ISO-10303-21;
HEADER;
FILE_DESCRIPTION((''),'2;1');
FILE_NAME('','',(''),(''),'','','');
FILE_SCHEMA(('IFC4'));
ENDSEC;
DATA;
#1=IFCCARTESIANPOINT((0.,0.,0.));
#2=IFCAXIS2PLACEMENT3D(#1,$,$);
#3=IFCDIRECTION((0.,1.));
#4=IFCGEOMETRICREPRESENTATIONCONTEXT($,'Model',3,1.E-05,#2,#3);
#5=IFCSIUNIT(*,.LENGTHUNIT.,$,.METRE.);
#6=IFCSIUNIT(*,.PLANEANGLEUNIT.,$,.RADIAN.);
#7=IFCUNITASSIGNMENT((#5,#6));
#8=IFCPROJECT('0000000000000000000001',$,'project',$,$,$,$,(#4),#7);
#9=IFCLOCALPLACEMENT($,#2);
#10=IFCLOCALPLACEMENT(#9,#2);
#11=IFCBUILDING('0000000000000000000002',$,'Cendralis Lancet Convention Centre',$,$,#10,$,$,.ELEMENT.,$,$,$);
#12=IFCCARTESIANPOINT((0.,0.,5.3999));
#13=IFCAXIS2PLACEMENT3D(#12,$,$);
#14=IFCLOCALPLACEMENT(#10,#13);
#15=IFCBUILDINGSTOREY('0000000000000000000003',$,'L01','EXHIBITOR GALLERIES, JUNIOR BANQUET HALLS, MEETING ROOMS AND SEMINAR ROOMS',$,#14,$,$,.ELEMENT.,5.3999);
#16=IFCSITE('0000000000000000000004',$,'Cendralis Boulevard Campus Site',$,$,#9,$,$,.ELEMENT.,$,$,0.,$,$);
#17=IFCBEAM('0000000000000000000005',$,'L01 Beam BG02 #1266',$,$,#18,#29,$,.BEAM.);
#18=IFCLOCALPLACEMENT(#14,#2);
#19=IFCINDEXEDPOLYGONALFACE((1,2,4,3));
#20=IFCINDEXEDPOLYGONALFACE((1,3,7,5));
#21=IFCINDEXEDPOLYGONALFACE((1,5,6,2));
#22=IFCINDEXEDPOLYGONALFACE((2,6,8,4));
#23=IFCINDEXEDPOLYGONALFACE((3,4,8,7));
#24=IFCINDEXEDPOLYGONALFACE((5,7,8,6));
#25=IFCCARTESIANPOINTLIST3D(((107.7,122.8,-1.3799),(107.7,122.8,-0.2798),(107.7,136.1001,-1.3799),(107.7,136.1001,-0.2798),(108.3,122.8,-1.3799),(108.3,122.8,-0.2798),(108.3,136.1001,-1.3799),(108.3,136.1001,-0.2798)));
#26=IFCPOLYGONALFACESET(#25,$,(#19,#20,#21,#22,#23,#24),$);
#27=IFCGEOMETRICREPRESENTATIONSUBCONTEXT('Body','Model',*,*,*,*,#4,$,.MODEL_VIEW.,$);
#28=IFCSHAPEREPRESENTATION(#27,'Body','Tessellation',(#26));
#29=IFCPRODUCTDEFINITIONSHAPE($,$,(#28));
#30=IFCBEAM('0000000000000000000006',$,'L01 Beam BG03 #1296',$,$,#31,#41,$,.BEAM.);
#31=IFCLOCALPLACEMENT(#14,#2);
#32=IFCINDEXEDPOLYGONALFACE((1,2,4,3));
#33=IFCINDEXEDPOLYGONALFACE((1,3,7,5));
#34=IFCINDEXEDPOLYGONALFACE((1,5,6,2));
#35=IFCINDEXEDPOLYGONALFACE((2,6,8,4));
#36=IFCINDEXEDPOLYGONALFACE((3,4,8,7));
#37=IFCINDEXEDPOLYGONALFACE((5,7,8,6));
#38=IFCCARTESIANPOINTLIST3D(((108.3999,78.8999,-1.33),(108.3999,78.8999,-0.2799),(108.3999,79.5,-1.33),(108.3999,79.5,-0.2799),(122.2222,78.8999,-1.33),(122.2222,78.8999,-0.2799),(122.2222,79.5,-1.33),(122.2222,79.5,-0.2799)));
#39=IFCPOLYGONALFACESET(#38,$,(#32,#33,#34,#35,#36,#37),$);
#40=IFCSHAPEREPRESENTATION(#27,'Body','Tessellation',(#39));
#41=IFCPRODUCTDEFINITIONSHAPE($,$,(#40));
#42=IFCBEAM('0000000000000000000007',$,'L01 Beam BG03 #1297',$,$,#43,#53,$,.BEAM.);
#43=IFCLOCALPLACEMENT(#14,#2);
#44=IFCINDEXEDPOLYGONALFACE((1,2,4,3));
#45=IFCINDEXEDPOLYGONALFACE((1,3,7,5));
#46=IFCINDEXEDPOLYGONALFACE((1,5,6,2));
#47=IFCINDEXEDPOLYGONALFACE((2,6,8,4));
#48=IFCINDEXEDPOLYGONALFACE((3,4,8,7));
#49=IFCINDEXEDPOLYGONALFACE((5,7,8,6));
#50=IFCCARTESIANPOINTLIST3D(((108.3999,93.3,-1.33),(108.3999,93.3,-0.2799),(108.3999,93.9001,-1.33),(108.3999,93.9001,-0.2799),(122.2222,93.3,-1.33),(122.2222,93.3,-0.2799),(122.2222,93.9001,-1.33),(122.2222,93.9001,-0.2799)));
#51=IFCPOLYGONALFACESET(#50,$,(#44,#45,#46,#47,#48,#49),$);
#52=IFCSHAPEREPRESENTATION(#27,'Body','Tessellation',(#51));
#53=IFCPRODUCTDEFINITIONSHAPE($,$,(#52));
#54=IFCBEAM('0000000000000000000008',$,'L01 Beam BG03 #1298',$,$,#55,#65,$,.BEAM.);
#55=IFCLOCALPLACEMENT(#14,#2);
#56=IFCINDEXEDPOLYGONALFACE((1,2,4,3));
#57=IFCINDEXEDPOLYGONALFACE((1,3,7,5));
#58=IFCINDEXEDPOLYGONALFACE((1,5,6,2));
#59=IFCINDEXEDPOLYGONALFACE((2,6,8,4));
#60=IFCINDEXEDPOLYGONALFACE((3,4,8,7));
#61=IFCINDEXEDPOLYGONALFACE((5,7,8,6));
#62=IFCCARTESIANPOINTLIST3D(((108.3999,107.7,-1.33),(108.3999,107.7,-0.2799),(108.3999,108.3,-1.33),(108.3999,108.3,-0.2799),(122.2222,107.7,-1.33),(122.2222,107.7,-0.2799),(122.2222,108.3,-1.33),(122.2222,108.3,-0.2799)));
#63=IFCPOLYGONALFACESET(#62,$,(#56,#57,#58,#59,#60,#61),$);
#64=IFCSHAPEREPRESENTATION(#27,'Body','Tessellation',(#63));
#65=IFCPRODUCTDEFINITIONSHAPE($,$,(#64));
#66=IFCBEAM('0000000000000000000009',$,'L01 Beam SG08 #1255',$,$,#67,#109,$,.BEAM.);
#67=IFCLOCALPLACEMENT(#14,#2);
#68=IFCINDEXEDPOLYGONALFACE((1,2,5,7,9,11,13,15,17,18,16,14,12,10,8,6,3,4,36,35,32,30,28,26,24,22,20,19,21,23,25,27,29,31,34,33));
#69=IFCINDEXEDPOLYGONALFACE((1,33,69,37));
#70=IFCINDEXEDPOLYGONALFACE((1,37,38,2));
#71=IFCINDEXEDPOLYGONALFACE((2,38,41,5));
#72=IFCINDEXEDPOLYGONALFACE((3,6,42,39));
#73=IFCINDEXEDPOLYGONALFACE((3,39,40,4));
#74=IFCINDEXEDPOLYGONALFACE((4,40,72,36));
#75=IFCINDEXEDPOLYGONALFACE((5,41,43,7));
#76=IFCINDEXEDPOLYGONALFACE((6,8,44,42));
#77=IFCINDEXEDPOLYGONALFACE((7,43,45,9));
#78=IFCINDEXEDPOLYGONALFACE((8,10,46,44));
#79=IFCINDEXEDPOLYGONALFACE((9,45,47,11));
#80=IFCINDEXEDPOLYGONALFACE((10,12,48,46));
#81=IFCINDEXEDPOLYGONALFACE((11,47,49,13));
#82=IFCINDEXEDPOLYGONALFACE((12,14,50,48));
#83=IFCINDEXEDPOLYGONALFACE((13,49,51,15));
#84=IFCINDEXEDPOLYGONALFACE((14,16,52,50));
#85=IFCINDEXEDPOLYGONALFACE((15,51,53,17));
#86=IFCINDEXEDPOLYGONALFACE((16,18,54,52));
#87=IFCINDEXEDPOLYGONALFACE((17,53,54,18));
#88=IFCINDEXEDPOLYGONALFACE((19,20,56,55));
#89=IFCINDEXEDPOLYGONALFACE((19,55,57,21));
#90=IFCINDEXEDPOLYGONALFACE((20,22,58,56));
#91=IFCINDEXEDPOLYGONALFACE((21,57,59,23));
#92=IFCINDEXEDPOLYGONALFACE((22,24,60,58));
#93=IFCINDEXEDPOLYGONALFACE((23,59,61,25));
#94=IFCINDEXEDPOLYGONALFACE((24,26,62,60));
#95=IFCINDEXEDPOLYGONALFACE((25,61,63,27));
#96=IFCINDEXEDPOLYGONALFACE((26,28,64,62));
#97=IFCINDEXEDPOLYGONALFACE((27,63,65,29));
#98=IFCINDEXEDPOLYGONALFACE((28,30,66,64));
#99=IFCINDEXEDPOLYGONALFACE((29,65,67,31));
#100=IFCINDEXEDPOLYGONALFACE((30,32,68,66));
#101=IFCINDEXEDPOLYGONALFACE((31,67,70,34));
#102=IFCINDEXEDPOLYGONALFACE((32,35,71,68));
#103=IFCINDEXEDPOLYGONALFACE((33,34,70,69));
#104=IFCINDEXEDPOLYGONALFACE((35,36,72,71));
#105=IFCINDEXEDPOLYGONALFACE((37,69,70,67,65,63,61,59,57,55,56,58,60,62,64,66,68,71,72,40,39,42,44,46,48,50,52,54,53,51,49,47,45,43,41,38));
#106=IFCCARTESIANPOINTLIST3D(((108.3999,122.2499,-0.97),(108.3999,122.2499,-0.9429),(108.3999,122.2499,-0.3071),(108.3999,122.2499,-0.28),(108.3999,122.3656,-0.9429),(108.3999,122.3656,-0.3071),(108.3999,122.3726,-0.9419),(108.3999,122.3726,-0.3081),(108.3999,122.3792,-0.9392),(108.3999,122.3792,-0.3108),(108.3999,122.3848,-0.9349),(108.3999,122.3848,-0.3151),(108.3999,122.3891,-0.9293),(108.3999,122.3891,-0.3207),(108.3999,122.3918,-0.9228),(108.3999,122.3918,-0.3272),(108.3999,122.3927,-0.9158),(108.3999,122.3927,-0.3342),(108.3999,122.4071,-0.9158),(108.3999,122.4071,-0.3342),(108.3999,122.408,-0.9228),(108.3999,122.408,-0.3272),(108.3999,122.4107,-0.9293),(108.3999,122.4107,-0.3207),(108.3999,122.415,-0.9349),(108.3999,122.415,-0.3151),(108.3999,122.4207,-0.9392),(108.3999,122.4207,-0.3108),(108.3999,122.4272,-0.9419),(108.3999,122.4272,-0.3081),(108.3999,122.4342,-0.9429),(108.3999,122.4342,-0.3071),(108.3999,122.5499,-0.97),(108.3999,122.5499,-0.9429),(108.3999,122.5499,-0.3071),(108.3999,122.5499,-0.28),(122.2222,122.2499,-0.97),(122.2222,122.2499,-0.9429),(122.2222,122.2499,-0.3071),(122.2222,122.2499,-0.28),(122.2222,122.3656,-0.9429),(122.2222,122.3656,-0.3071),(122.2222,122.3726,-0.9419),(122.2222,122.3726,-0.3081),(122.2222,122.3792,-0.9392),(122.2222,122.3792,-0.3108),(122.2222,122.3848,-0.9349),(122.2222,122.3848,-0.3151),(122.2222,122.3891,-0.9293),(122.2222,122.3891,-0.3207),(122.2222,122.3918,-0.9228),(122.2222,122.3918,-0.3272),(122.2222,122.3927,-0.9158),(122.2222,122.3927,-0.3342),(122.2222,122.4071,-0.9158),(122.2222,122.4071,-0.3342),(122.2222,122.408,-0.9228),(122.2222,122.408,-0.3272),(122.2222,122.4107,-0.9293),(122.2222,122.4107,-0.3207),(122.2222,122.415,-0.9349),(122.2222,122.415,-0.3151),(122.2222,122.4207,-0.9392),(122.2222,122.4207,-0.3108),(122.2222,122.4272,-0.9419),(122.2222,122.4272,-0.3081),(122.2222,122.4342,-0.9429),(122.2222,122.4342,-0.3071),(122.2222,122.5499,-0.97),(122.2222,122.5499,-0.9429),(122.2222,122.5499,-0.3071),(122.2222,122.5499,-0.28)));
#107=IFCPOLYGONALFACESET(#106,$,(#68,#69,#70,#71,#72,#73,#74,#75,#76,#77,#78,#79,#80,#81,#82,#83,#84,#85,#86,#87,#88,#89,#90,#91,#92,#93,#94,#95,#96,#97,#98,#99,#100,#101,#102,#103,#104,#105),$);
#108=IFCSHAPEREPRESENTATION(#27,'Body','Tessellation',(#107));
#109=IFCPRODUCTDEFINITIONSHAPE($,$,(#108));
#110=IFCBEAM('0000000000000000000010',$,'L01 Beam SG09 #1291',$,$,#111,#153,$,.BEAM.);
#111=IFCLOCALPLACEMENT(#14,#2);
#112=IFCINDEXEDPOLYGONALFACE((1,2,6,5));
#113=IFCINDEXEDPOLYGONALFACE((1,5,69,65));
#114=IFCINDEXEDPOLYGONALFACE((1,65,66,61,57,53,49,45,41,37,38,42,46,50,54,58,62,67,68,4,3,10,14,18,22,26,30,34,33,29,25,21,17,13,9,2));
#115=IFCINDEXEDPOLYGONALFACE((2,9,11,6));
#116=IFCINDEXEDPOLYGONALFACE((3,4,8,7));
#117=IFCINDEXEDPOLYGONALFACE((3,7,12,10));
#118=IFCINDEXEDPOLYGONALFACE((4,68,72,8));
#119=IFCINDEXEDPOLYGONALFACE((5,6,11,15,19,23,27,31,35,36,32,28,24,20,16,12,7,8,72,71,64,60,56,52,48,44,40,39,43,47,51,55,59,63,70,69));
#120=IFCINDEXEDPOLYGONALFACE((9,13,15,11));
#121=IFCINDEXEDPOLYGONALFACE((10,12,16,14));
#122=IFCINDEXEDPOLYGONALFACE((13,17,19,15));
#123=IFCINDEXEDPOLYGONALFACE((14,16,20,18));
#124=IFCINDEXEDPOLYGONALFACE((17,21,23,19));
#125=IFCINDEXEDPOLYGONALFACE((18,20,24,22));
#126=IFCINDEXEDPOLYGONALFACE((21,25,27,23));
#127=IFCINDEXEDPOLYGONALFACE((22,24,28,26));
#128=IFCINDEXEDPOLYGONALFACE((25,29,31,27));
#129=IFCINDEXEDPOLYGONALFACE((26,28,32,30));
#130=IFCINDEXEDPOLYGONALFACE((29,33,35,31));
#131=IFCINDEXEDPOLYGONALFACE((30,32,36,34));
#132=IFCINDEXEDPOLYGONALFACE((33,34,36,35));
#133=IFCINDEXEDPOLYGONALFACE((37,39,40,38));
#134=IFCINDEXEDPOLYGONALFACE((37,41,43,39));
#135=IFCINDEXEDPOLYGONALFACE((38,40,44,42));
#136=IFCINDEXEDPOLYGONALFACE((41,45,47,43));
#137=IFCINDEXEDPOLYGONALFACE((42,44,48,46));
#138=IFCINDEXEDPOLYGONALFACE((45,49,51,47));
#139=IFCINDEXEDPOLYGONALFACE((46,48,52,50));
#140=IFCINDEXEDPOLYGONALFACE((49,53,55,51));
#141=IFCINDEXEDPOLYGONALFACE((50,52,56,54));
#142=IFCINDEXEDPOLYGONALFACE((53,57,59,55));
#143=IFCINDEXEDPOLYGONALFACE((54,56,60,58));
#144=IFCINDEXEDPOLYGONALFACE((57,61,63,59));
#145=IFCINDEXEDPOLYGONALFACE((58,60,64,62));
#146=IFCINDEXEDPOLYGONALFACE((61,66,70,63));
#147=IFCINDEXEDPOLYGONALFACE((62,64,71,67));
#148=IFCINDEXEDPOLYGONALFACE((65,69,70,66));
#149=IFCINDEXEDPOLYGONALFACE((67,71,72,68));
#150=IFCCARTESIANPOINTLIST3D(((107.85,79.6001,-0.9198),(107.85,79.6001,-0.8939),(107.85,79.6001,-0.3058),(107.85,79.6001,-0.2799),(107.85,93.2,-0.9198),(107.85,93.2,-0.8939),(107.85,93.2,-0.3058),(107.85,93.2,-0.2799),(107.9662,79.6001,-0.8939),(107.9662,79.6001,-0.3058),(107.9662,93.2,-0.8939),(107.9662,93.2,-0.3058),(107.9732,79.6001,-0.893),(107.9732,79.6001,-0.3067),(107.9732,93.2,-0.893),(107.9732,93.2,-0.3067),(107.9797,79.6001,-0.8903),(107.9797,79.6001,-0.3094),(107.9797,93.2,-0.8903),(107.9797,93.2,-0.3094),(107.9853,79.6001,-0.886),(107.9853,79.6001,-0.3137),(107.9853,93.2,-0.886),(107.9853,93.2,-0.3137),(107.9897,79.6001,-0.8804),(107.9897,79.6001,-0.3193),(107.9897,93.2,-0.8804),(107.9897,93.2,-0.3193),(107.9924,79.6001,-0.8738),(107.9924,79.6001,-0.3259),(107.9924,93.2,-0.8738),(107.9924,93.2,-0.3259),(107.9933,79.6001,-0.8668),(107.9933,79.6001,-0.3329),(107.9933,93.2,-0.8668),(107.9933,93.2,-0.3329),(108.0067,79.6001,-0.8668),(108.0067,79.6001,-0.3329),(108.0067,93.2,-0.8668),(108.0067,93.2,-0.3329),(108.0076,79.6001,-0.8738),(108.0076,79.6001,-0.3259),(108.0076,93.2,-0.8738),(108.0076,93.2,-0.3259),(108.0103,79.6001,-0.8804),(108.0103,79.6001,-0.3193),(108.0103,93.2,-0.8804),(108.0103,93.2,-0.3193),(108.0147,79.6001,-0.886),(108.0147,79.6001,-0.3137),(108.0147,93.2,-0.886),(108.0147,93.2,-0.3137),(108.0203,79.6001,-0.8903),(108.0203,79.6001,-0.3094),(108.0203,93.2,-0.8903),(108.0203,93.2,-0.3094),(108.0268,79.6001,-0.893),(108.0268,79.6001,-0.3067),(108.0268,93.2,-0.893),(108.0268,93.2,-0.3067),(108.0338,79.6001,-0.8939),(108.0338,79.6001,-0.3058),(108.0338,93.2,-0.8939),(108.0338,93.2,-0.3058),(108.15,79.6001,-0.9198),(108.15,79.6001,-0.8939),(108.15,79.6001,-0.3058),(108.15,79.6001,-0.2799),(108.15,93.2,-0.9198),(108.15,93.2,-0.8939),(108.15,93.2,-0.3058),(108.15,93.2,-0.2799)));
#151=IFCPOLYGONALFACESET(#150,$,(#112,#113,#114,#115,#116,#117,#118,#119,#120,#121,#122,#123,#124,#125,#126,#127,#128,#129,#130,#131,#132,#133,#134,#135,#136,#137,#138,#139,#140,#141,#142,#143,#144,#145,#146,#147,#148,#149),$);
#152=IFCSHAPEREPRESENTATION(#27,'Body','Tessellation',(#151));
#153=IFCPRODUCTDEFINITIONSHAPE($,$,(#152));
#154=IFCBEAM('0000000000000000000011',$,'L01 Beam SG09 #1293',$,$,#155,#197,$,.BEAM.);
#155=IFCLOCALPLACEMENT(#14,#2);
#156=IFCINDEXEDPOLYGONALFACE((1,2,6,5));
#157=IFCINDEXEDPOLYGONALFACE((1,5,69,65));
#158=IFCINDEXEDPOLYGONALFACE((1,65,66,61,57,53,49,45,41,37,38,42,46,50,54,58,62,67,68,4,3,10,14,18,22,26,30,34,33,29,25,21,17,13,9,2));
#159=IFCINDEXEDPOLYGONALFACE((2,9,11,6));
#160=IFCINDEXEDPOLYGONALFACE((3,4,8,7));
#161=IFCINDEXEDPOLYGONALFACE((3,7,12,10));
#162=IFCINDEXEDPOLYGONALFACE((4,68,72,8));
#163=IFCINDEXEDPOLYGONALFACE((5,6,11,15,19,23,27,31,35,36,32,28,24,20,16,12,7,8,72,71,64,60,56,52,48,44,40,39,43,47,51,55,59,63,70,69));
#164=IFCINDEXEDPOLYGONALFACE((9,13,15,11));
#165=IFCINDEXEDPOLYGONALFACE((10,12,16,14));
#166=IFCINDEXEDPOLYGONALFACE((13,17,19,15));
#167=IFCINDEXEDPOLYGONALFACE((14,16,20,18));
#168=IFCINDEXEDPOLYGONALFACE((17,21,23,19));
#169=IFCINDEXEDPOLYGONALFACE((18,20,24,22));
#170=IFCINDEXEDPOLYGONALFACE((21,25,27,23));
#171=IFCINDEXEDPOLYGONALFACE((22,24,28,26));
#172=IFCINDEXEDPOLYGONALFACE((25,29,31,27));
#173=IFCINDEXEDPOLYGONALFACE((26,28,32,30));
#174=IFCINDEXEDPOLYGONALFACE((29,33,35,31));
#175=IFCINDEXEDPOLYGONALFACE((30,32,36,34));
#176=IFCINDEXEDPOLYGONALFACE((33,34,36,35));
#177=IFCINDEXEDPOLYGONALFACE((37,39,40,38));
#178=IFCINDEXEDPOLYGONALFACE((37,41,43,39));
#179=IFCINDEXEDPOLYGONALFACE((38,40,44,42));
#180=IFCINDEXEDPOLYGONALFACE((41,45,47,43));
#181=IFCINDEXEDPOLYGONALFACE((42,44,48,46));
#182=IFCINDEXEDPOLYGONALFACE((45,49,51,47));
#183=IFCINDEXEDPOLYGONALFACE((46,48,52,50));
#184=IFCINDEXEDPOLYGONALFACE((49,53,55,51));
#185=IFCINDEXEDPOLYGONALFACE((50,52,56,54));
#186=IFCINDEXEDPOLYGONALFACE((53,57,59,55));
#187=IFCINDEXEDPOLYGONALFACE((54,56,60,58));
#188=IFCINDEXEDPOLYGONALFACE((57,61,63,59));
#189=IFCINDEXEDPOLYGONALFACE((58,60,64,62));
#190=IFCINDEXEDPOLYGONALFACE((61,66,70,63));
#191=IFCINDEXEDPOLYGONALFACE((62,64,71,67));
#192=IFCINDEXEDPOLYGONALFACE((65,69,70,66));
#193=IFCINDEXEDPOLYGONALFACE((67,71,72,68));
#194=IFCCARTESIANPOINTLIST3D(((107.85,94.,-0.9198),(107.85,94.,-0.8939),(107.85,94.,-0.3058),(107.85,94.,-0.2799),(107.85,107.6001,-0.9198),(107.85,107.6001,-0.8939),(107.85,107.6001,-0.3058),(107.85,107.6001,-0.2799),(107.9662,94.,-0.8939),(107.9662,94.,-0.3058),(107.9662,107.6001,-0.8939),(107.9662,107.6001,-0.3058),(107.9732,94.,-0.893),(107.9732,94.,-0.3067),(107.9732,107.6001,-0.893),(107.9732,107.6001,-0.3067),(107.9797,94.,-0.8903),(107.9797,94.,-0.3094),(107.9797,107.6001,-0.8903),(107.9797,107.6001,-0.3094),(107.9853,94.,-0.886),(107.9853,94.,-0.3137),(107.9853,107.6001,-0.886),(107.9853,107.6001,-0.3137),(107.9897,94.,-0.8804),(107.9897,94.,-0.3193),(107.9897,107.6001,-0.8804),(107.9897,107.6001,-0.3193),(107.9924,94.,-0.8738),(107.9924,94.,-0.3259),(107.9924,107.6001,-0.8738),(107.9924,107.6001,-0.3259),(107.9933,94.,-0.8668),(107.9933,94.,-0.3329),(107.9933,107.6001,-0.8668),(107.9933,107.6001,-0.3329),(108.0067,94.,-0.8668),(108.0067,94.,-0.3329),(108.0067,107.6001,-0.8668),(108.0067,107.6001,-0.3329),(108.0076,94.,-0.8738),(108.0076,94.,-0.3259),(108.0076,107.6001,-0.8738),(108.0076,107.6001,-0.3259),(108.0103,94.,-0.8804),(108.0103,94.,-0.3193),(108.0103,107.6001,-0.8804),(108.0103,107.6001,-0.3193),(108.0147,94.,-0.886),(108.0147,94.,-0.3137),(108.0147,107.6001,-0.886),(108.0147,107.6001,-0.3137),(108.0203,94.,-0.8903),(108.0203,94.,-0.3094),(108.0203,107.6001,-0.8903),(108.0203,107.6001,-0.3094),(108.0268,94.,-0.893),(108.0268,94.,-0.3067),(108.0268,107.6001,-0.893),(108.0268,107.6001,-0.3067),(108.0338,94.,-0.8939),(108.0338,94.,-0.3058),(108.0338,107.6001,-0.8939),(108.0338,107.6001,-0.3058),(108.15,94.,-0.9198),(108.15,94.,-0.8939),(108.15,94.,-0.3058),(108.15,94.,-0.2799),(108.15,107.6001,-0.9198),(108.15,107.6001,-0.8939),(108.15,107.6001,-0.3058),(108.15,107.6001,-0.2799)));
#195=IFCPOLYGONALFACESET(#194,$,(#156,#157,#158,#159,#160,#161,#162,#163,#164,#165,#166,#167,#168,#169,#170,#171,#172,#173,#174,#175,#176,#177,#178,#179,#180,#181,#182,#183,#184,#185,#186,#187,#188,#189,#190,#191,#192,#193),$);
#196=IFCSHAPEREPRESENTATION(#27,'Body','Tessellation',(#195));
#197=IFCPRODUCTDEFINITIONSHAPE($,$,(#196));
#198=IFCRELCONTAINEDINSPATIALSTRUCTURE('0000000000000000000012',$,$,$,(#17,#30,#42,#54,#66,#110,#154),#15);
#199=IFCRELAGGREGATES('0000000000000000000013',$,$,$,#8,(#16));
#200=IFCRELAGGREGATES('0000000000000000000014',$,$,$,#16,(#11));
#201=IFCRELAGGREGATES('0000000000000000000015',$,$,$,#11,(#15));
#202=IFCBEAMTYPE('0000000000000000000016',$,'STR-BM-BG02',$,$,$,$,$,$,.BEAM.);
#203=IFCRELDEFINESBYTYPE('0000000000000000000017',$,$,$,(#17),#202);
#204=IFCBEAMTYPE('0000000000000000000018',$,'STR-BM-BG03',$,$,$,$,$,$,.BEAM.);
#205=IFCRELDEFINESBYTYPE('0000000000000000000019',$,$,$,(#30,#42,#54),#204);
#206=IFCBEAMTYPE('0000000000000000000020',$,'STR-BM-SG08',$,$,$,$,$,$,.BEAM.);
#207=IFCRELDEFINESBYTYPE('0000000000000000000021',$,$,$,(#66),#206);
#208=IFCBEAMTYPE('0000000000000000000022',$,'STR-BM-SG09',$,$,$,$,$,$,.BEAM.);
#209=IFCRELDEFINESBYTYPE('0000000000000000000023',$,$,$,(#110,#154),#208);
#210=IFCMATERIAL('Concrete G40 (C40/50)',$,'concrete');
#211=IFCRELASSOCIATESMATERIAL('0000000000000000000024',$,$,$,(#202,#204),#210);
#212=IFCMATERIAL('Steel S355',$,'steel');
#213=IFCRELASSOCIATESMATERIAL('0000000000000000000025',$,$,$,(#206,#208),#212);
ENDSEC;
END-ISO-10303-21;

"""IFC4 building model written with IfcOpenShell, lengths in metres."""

from ifc_helpers import new_model, si_unit, direction, frame, origin, origin_2d, place, context, subcontext, project, spatial, rectangle, i_section, extrude, material, material_profile, profile_set, type_object, element, save


model = new_model("IFC4")

# Units and contexts
model_context = context("Model", 3, precision=1e-05, world=origin(), true_north=direction((0.0, 1.0)))
body_context = subcontext(model_context, "Body", "Model", "MODEL_VIEW")
ifc_project = project(units=[si_unit("LENGTHUNIT", "METRE"), si_unit("PLANEANGLEUNIT", "RADIAN")], contexts=[model_context])

# Site, building, storey
site_placement = place(None, origin())
site = spatial("IfcSite", under=ifc_project, at=site_placement, Name="Cendralis Boulevard Campus Site", CompositionType="ELEMENT", RefElevation=0.0)
building_placement = place(site_placement, origin())
building = spatial("IfcBuilding", under=site, at=building_placement, Name="Cendralis Lancet Convention Centre", CompositionType="ELEMENT")
storey_placement = place(building_placement, frame((0.0, 0.0, 5.3999)))
storey = spatial("IfcBuildingStorey", under=building, at=storey_placement, Name="L01", Description="EXHIBITOR GALLERIES, JUNIOR BANQUET HALLS, MEETING ROOMS AND SEMINAR ROOMS", CompositionType="ELEMENT", Elevation=5.3999)

# Beams
ifc_material_1 = material(Name="Concrete G40 (C40/50)", Category="concrete")
ifc_material_profile_1 = material_profile(ifc_material_1, rectangle(XDim=0.6001, YDim=1.1001, at=origin_2d()), Name="RCB 600x1100")
ifc_profile_set_1 = profile_set([ifc_material_profile_1], Name="Concrete G40 (C40/50)")
beam_type_1 = type_object("IfcBeamType", Name="STR-BM-BG02", PredefinedType="BEAM", material=ifc_profile_set_1)
beam_1_placement = place(storey_placement, frame((108.0, 122.8, -0.8298), z_axis=(0.0, 1.0, 0.0), x_axis=(-1.0, 0.0, 0.0)))
element("IfcBeam", 1, at=beam_1_placement, inside=storey, type_object=beam_type_1, Name="L01 Beam BG02 #1266", PredefinedType="BEAM", context=body_context, shape_type="SweptSolid", body=[
    extrude(rectangle(XDim=0.6001, YDim=1.1001, at=origin_2d()), origin(), (0.0, 0.0, 1.0), 13.3),
])
ifc_material_profile_2 = material_profile(ifc_material_1, rectangle(XDim=0.6001, YDim=1.05, at=origin_2d()), Name="RCB 600x1050")
ifc_profile_set_2 = profile_set([ifc_material_profile_2], Name="Concrete G40 (C40/50)")
beam_type_2 = type_object("IfcBeamType", Name="STR-BM-BG03", PredefinedType="BEAM", material=ifc_profile_set_2)
for number, where, z_axis, x_axis, name in (
    (2, (108.3999, 79.2, -0.8049), (1.0, 0.0, 0.0), (0.0, 1.0, 0.0), "L01 Beam BG03 #1296"),
    (3, (108.3999, 93.6001, -0.8049), (1.0, 0.0, 0.0), (0.0, 1.0, 0.0), "L01 Beam BG03 #1297"),
    (4, (108.3999, 108.0, -0.8049), (1.0, 0.0, 0.0), (0.0, 1.0, 0.0), "L01 Beam BG03 #1298"),
):
    element("IfcBeam", number, at=place(storey_placement, frame(where, z_axis=z_axis, x_axis=x_axis)), inside=storey, type_object=beam_type_2, Name=name, PredefinedType="BEAM", context=body_context, shape_type="SweptSolid", body=[
        extrude(rectangle(XDim=0.6001, YDim=1.05, at=origin_2d()), origin(), (0.0, 0.0, 1.0), 13.8223),
    ])
ifc_material_2 = material(Name="Steel S355", Category="steel")
ifc_material_profile_3 = material_profile(ifc_material_2, i_section(OverallWidth=0.3, OverallDepth=0.6899, WebThickness=0.0144, FlangeThickness=0.0271, FilletRadius=0.0271, at=origin_2d()), Name="HEA 700")
ifc_profile_set_3 = profile_set([ifc_material_profile_3], Name="Steel S355")
beam_type_3 = type_object("IfcBeamType", Name="STR-BM-SG08", PredefinedType="BEAM", material=ifc_profile_set_3)
beam_2_placement = place(storey_placement, frame((108.3999, 122.3999, -0.625), z_axis=(1.0, 0.0, 0.0), x_axis=(0.0, 1.0, 0.0)))
element("IfcBeam", 5, at=beam_2_placement, inside=storey, type_object=beam_type_3, Name="L01 Beam SG08 #1255", PredefinedType="BEAM", context=body_context, shape_type="SweptSolid", body=[
    extrude(i_section(OverallWidth=0.3, OverallDepth=0.6899, WebThickness=0.0144, FlangeThickness=0.0271, FilletRadius=0.0271, at=origin_2d()), origin(), (0.0, 0.0, 1.0), 13.8223),
])
ifc_material_profile_4 = material_profile(ifc_material_2, i_section(OverallWidth=0.3, OverallDepth=0.6399, WebThickness=0.0134, FlangeThickness=0.0259, FilletRadius=0.0271, at=origin_2d()), Name="HEA 650")
ifc_profile_set_4 = profile_set([ifc_material_profile_4], Name="Steel S355")
beam_type_4 = type_object("IfcBeamType", Name="STR-BM-SG09", PredefinedType="BEAM", material=ifc_profile_set_4)
beam_3_placement = place(storey_placement, frame((108.0, 79.6001, -0.5999), z_axis=(0.0, 1.0, 0.0), x_axis=(-1.0, 0.0, 0.0)))
element("IfcBeam", 6, at=beam_3_placement, inside=storey, type_object=beam_type_4, Name="L01 Beam SG09 #1291", PredefinedType="BEAM", context=body_context, shape_type="SweptSolid", body=[
    extrude(i_section(OverallWidth=0.3, OverallDepth=0.6399, WebThickness=0.0134, FlangeThickness=0.0259, FilletRadius=0.0271, at=origin_2d()), origin(), (0.0, 0.0, 1.0), 13.5999),
])
for number, where, z_axis, x_axis, name in (
    (7, (108.0, 94.0, -0.5999), (0.0, 1.0, 0.0), (-1.0, 0.0, 0.0), "L01 Beam SG09 #1293"),
):
    element("IfcBeam", number, at=place(storey_placement, frame(where, z_axis=z_axis, x_axis=x_axis)), inside=storey, type_object=beam_type_4, Name=name, PredefinedType="BEAM", context=body_context, shape_type="SweptSolid", body=[
        extrude(i_section(OverallWidth=0.3, OverallDepth=0.6399, WebThickness=0.0134, FlangeThickness=0.0259, FilletRadius=0.0271, at=origin_2d()), origin(), (0.0, 0.0, 1.0), 13.6001),
    ])

save(model, "model.ifc")
